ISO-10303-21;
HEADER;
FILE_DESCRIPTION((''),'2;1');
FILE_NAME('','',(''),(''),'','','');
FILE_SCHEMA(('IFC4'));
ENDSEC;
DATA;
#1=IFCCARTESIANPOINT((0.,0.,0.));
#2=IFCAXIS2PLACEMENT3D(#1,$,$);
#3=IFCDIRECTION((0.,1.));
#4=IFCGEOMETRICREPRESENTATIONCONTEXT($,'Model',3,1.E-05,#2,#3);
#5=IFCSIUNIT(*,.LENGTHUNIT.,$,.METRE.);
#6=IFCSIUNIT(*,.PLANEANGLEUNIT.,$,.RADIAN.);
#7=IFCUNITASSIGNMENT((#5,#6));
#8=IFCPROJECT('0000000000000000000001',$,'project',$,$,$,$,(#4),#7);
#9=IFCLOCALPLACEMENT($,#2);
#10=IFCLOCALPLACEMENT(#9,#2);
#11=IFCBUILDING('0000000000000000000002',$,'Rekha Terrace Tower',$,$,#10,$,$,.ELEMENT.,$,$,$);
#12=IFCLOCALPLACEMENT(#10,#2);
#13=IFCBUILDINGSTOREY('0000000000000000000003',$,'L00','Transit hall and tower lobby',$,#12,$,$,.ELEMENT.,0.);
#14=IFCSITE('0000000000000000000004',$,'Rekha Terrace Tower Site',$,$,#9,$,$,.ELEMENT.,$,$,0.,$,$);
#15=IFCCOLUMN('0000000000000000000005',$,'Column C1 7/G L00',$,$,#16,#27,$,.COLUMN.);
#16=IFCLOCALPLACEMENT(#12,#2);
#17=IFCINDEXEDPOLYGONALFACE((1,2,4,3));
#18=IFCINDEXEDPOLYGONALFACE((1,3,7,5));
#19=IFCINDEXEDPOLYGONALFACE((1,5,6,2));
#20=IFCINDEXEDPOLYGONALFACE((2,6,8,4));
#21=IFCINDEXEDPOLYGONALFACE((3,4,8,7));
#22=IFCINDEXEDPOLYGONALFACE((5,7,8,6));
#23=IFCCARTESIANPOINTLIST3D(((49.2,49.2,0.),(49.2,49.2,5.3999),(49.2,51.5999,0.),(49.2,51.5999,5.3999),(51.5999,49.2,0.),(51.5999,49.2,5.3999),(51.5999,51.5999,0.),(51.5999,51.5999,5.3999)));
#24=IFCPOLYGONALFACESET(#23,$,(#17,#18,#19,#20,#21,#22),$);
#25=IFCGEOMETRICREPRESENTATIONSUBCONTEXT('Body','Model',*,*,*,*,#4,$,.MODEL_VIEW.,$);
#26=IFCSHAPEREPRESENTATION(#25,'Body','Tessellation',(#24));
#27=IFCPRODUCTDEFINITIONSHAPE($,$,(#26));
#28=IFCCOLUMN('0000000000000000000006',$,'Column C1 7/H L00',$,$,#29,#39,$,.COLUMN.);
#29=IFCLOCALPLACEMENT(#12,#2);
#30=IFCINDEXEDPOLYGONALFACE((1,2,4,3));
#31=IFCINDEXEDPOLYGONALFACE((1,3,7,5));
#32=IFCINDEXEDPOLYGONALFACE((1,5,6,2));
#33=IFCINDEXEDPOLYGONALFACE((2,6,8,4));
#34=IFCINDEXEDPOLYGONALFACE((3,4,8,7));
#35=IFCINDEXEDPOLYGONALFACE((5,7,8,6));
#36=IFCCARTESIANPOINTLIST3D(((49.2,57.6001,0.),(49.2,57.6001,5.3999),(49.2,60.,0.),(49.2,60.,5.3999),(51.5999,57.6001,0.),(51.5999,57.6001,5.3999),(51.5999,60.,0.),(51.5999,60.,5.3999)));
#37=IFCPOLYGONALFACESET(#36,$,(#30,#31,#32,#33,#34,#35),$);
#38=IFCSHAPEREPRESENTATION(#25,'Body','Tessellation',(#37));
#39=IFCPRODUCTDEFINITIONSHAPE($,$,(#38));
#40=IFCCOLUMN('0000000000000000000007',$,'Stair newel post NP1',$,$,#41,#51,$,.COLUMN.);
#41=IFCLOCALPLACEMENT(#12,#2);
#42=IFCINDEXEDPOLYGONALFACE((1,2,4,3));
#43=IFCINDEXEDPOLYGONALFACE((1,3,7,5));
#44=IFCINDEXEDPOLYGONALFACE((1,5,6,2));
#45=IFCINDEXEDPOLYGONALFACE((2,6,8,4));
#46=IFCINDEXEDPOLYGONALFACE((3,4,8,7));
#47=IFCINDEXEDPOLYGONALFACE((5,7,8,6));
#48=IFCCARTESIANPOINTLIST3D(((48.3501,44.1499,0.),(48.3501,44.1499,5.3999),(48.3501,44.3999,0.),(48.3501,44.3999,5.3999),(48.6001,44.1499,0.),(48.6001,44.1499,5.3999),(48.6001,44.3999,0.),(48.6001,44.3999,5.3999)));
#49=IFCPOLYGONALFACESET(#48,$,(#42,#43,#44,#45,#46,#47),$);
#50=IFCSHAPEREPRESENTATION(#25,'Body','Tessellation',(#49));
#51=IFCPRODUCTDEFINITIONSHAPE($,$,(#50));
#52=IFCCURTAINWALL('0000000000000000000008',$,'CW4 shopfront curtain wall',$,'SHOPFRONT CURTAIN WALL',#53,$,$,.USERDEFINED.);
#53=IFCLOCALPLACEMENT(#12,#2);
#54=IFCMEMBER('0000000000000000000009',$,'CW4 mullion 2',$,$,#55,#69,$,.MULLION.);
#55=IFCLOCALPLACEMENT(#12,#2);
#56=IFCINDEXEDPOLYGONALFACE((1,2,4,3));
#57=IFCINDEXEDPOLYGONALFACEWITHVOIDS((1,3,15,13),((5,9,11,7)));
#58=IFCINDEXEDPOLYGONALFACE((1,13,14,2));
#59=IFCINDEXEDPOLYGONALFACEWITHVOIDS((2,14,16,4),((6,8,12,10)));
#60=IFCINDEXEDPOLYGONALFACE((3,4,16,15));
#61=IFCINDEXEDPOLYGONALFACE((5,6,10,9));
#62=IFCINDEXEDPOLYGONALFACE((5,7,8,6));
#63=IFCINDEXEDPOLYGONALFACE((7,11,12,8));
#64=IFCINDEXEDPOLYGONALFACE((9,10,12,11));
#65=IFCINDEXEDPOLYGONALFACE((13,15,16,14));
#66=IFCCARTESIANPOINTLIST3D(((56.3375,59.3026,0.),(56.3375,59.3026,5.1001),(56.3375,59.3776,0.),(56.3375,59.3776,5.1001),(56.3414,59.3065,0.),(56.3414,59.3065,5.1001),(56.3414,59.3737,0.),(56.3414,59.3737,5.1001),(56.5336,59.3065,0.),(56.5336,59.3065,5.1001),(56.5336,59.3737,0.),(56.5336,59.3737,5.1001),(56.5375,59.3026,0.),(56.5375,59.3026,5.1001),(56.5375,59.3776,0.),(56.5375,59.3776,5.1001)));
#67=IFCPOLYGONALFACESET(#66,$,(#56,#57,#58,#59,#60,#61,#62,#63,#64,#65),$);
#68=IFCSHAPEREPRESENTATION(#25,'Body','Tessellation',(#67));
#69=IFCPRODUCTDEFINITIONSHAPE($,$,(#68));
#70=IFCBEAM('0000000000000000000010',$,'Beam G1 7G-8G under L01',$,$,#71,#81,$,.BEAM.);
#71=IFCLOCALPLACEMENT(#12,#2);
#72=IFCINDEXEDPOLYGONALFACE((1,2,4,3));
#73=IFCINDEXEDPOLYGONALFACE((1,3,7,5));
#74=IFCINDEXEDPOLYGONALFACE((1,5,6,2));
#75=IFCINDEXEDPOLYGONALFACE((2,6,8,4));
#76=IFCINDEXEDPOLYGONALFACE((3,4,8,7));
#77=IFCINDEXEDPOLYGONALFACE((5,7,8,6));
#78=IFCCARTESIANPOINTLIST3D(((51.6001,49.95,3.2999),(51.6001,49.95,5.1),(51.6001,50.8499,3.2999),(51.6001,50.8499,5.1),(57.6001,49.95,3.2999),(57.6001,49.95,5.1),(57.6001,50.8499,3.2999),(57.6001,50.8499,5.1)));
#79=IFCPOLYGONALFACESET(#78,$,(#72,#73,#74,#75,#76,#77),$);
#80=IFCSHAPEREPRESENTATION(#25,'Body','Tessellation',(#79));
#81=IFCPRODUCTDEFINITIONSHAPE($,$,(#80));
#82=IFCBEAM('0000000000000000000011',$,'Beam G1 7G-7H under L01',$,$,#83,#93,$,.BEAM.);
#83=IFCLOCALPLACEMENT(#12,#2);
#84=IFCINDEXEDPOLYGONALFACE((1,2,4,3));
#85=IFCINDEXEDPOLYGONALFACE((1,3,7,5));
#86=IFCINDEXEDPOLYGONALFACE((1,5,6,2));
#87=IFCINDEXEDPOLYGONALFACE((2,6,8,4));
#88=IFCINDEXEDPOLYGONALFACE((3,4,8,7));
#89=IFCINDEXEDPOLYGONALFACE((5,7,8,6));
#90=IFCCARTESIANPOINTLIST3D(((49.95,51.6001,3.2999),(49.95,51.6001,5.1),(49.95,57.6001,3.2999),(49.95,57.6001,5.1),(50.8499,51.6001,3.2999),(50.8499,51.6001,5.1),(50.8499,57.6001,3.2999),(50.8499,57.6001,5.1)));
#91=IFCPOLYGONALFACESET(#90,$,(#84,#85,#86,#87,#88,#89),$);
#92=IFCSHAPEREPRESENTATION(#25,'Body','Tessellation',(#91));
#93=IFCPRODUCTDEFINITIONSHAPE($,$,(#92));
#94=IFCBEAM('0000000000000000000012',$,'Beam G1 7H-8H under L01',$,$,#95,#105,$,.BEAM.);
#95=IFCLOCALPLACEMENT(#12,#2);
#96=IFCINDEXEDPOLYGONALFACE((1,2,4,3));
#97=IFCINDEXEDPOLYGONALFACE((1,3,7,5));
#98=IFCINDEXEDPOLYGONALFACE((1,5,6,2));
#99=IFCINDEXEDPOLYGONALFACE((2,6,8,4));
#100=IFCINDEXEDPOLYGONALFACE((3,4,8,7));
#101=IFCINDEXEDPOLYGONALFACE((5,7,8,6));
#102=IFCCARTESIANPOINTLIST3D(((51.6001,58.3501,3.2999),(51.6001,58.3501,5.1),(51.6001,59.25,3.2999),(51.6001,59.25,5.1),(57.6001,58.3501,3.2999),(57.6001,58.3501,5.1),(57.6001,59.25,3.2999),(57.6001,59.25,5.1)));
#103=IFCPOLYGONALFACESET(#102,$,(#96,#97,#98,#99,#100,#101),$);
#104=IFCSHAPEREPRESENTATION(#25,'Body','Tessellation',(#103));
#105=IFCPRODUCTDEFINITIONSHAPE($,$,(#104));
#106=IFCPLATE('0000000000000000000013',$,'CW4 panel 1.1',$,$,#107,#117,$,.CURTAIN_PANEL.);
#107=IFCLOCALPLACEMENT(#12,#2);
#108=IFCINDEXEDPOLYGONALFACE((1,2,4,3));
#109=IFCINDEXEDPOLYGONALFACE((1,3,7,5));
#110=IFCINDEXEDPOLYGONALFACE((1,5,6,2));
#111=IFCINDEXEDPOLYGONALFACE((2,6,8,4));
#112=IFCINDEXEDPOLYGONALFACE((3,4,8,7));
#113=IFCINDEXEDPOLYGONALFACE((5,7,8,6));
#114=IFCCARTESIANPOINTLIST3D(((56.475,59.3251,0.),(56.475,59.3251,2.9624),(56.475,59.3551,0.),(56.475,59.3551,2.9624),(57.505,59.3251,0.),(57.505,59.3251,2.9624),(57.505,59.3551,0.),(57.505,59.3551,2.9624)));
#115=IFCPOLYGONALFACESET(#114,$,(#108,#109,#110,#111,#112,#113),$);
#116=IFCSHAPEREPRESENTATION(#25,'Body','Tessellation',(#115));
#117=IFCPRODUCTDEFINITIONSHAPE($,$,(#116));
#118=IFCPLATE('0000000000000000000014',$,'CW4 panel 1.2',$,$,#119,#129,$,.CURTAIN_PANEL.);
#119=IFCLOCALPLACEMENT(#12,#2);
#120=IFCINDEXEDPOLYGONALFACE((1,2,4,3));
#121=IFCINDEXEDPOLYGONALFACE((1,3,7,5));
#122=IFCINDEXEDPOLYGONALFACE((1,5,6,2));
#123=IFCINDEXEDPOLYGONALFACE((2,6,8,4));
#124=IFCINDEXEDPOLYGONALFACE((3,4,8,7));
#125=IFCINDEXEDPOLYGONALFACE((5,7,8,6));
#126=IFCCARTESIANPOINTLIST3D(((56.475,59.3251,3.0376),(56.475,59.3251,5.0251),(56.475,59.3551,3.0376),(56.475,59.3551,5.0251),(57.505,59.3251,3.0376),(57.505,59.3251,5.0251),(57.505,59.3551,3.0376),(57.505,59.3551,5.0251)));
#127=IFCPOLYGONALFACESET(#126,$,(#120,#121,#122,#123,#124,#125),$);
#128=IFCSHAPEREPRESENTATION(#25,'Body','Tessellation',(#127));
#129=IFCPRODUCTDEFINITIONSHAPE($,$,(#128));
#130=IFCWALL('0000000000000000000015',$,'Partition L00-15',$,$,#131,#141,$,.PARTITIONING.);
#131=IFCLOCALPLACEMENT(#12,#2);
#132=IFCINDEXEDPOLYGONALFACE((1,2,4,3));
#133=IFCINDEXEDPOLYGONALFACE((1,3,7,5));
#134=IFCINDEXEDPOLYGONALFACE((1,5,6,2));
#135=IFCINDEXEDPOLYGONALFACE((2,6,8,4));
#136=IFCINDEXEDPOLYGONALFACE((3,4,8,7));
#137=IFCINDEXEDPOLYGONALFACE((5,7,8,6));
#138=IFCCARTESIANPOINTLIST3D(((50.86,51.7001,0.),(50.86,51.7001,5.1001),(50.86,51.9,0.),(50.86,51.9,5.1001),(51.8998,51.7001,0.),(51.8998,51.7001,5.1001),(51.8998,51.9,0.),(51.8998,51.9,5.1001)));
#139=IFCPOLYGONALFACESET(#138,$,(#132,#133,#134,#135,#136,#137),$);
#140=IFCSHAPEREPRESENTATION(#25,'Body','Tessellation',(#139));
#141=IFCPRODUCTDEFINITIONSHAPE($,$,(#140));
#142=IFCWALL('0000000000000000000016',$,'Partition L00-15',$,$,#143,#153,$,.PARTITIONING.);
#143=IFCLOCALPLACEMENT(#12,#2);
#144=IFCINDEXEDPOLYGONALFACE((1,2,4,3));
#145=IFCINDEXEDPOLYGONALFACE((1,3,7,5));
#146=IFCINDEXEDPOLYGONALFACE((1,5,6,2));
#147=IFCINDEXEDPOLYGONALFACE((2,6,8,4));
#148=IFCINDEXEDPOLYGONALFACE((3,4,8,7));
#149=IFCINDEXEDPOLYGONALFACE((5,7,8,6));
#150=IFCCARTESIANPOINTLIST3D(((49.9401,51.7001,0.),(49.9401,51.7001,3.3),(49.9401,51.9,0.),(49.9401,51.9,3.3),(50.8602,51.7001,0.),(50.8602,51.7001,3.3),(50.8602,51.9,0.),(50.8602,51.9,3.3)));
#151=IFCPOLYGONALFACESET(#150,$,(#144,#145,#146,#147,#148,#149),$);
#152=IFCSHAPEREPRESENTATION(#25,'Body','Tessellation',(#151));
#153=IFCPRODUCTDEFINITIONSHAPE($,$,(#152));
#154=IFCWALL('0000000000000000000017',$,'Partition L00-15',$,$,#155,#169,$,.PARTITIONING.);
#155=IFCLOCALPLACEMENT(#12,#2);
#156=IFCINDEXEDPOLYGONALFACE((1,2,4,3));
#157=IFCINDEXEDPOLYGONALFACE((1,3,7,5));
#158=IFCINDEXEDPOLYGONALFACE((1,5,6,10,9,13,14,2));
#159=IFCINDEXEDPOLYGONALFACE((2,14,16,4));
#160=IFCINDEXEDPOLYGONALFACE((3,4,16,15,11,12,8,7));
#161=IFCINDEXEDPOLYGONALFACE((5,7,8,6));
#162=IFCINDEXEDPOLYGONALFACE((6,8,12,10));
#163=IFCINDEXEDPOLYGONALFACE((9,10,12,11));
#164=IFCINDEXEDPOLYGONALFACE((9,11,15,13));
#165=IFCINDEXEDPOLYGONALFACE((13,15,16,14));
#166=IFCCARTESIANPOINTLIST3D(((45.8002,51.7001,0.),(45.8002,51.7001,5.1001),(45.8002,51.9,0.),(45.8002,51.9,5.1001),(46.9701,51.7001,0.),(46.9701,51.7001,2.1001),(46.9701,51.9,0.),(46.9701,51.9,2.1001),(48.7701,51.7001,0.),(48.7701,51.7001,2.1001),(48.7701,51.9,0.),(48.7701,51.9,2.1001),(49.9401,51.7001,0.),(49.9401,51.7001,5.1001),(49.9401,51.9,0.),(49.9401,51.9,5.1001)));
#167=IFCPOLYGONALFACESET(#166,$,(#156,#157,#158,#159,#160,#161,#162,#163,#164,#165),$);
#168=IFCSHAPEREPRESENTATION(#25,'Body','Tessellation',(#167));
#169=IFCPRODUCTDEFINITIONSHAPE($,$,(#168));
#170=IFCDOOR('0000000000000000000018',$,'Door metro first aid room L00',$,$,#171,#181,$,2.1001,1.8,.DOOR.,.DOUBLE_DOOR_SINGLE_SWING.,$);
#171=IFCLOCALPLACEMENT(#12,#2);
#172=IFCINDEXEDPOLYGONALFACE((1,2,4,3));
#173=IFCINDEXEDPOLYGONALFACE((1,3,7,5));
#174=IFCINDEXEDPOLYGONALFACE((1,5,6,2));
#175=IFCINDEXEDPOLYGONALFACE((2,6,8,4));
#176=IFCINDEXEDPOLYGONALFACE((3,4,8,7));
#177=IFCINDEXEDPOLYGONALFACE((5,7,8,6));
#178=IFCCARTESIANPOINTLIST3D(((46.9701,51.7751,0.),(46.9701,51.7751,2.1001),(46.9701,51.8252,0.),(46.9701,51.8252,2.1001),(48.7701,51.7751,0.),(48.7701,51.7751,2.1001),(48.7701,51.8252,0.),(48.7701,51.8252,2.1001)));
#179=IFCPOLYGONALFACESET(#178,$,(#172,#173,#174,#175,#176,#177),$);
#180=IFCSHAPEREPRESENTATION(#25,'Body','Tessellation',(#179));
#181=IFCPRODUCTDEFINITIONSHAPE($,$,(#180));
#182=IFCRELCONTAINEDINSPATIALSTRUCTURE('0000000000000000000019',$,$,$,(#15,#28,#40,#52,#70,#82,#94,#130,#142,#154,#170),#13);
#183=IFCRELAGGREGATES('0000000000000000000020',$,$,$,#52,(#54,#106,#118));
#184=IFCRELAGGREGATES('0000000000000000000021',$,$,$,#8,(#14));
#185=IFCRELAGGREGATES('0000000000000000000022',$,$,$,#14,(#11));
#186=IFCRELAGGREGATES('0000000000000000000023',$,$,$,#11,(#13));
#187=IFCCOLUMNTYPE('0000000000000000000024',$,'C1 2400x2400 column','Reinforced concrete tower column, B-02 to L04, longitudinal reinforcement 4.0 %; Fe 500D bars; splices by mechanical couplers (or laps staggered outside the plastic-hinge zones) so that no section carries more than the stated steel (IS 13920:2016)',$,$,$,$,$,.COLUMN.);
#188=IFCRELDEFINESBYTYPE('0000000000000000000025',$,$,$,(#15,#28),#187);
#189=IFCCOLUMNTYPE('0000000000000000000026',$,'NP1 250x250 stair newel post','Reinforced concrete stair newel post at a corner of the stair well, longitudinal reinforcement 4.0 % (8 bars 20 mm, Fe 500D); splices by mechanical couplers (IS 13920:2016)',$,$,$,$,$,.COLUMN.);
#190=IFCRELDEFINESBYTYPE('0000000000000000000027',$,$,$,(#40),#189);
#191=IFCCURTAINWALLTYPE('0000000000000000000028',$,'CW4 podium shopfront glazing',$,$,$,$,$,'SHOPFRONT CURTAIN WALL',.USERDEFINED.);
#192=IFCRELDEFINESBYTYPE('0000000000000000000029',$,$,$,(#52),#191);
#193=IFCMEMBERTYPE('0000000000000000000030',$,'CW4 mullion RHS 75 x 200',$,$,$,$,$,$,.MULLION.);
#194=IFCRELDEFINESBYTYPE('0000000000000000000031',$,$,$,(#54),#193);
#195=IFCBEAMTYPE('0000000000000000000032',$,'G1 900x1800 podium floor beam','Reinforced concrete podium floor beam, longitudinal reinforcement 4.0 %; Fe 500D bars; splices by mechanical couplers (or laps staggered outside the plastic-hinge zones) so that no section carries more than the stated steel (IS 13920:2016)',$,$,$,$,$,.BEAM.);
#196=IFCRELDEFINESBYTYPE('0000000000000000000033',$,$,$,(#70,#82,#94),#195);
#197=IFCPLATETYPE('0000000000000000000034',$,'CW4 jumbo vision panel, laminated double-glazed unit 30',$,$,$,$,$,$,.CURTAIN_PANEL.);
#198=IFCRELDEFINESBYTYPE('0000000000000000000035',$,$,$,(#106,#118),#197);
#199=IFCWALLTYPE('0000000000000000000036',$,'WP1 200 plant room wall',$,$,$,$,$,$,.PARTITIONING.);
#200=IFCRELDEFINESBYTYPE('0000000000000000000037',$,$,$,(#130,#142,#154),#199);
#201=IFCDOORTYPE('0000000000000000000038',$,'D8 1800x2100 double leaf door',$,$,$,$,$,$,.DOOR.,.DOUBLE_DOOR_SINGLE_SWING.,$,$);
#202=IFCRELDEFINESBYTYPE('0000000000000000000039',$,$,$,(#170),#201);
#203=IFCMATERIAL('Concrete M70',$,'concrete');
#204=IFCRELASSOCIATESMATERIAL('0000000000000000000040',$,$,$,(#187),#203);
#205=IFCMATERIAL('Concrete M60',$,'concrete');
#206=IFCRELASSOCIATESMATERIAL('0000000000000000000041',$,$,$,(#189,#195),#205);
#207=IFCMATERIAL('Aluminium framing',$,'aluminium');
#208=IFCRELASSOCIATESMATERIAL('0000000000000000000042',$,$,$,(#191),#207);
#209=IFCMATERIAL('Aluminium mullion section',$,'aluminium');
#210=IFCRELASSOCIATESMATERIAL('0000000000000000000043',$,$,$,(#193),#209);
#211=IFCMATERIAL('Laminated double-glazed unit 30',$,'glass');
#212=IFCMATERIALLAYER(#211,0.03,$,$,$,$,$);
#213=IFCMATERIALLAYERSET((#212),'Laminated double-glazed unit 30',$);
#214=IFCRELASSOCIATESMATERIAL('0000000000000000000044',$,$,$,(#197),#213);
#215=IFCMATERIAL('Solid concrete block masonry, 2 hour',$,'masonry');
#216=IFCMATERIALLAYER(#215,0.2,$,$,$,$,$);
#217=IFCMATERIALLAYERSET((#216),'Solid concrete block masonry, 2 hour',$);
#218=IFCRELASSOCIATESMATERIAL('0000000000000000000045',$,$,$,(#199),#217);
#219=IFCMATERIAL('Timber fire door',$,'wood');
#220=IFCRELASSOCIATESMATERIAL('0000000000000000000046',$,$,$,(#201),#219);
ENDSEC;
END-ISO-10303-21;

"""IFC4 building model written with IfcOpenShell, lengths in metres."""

from ifc_helpers import new_model, si_unit, direction, frame, frame_2d, origin, origin_2d, place, context, subcontext, project, spatial, rectangle, hollow_rectangle, extrude, material, layer, layer_set, material_profile, profile_set, type_object, element, fill, aggregate, save


model = new_model("IFC4")

# Units and contexts
model_context = context("Model", 3, precision=1e-05, world=origin(), true_north=direction((0.0, 1.0)))
body_context = subcontext(model_context, "Body", "Model", "MODEL_VIEW")
ifc_project = project(units=[si_unit("LENGTHUNIT", "METRE"), si_unit("PLANEANGLEUNIT", "RADIAN")], contexts=[model_context])

# Site, building, storey
site_placement = place(None, origin())
site = spatial("IfcSite", under=ifc_project, at=site_placement, Name="Rekha Terrace Tower Site", CompositionType="ELEMENT", RefElevation=0.0)
building_placement = place(site_placement, origin())
building = spatial("IfcBuilding", under=site, at=building_placement, Name="Rekha Terrace Tower", CompositionType="ELEMENT")
storey_placement = place(building_placement, origin())
storey = spatial("IfcBuildingStorey", under=building, at=storey_placement, Name="L00", Description="Transit hall and tower lobby", CompositionType="ELEMENT", Elevation=0.0)

# Columns
ifc_material_1 = material(Name="Concrete M70", Category="concrete")
ifc_material_profile_1 = material_profile(ifc_material_1, rectangle(XDim=2.3999, YDim=2.3999, at=origin_2d()), Name="RC 2400x2400")
ifc_profile_set_1 = profile_set([ifc_material_profile_1], Name="Concrete M70")
column_type_1 = type_object("IfcColumnType", Name="C1 2400x2400 column", Description="Reinforced concrete tower column, B-02 to L04, longitudinal reinforcement 4.0 %; Fe 500D bars; splices by mechanical couplers (or laps staggered outside the plastic-hinge zones) so that no section carries more than the stated steel (IS 13920:2016)", PredefinedType="COLUMN", material=ifc_profile_set_1)
for number, where, z_axis, x_axis, name in (
    (1, (50.3999, 50.3999, 0.0), (0.0, 0.0, 1.0), (1.0, 0.0, 0.0), "Column C1 7/G L00"),
    (2, (50.3999, 58.8, 0.0), (0.0, 0.0, 1.0), (1.0, 0.0, 0.0), "Column C1 7/H L00"),
):
    element("IfcColumn", number, at=place(storey_placement, frame(where, z_axis=z_axis, x_axis=x_axis)), inside=storey, type_object=column_type_1, Name=name, PredefinedType="COLUMN", context=body_context, shape_type="SweptSolid", body=[
        extrude(rectangle(XDim=2.3999, YDim=2.3999, at=origin_2d()), origin(), (0.0, 0.0, 1.0), 5.3999),
    ])
ifc_material_2 = material(Name="Concrete M60", Category="concrete")
ifc_material_profile_2 = material_profile(ifc_material_2, rectangle(XDim=0.25, YDim=0.25, at=origin_2d()), Name="RC 250x250")
ifc_profile_set_2 = profile_set([ifc_material_profile_2], Name="Concrete M60")
column_type_2 = type_object("IfcColumnType", Name="NP1 250x250 stair newel post", Description="Reinforced concrete stair newel post at a corner of the stair well, longitudinal reinforcement 4.0 % (8 bars 20 mm, Fe 500D); splices by mechanical couplers (IS 13920:2016)", PredefinedType="COLUMN", material=ifc_profile_set_2)
column_placement = place(storey_placement, frame((48.4751, 44.2749, 0.0), z_axis=(0.0, 0.0, 1.0), x_axis=(1.0, 0.0, 0.0)))
element("IfcColumn", 3, at=column_placement, inside=storey, type_object=column_type_2, Name="Stair newel post NP1", PredefinedType="COLUMN", context=body_context, shape_type="SweptSolid", body=[
    extrude(rectangle(XDim=0.25, YDim=0.25, at=origin_2d()), origin(), (0.0, 0.0, 1.0), 5.3999),
])

# Curtain wall, member
ifc_material_3 = material(Name="Aluminium framing", Category="aluminium")
curtain_wall_type = type_object("IfcCurtainWallType", Name="CW4 podium shopfront glazing", ElementType="SHOPFRONT CURTAIN WALL", PredefinedType="USERDEFINED", material=ifc_material_3)
curtain_wall_placement = place(storey_placement, origin())
curtain_wall = element("IfcCurtainWall", 4, at=curtain_wall_placement, inside=storey, type_object=curtain_wall_type, Name="CW4 shopfront curtain wall", ObjectType="SHOPFRONT CURTAIN WALL", PredefinedType="USERDEFINED")
ifc_material_4 = material(Name="Aluminium mullion section", Category="aluminium")
ifc_material_profile_3 = material_profile(ifc_material_4, hollow_rectangle(XDim=0.075, YDim=0.2, WallThickness=0.0039, at=origin_2d()), Name="AL RHS 75x200")
ifc_profile_set_3 = profile_set([ifc_material_profile_3], Name="Aluminium mullion section")
member_type = type_object("IfcMemberType", Name="CW4 mullion RHS 75 x 200", PredefinedType="MULLION", material=ifc_profile_set_3)
member_placement = place(storey_placement, frame((56.4375, 59.3401, 0.0), z_axis=(0.0, 0.0, 1.0), x_axis=(0.0, -1.0, 0.0)))
member = element("IfcMember", 5, at=member_placement, type_object=member_type, Name="CW4 mullion 2", PredefinedType="MULLION", context=body_context, shape_type="SweptSolid", body=[
    extrude(hollow_rectangle(XDim=0.075, YDim=0.2, WallThickness=0.0039, at=origin_2d()), origin(), (0.0, 0.0, 1.0), 5.1001),
])

# Beams
ifc_material_profile_4 = material_profile(ifc_material_2, rectangle(XDim=0.8999, YDim=1.8, at=origin_2d()), Name="RC 900x1800")
ifc_profile_set_4 = profile_set([ifc_material_profile_4], Name="Concrete M60")
beam_type = type_object("IfcBeamType", Name="G1 900x1800 podium floor beam", Description="Reinforced concrete podium floor beam, longitudinal reinforcement 4.0 %; Fe 500D bars; splices by mechanical couplers (or laps staggered outside the plastic-hinge zones) so that no section carries more than the stated steel (IS 13920:2016)", PredefinedType="BEAM", material=ifc_profile_set_4)
for number, where, z_axis, x_axis, name in (
    (6, (51.6001, 50.3999, 4.2), (1.0, 0.0, 0.0), (0.0, 1.0, 0.0), "Beam G1 7G-8G under L01"),
    (7, (50.3999, 51.6001, 4.2), (0.0, 1.0, 0.0), (-1.0, 0.0, 0.0), "Beam G1 7G-7H under L01"),
    (8, (51.6001, 58.8, 4.2), (1.0, 0.0, 0.0), (0.0, 1.0, 0.0), "Beam G1 7H-8H under L01"),
):
    element("IfcBeam", number, at=place(storey_placement, frame(where, z_axis=z_axis, x_axis=x_axis)), inside=storey, type_object=beam_type, Name=name, PredefinedType="BEAM", context=body_context, shape_type="SweptSolid", body=[
        extrude(rectangle(XDim=0.8999, YDim=1.8, at=origin_2d()), origin(), (0.0, 0.0, 1.0), 6.0),
    ])

# Plates
ifc_material_5 = material(Name="Laminated double-glazed unit 30", Category="glass")
ifc_layer_1 = layer(ifc_material_5, 0.03)
ifc_layer_set_1 = layer_set([ifc_layer_1], Name="Laminated double-glazed unit 30")
plate_type = type_object("IfcPlateType", Name="CW4 jumbo vision panel, laminated double-glazed unit 30", PredefinedType="CURTAIN_PANEL", material=ifc_layer_set_1)
plate_1_placement = place(storey_placement, frame((56.99, 59.3401, 0.0), z_axis=(0.0, 0.0, 1.0), x_axis=(-1.0, 0.0, 0.0)))
plate_1 = element("IfcPlate", 9, at=plate_1_placement, type_object=plate_type, Name="CW4 panel 1.1", PredefinedType="CURTAIN_PANEL", context=body_context, shape_type="SweptSolid", body=[
    extrude(rectangle(XDim=1.03, YDim=0.03, at=origin_2d()), origin(), (0.0, 0.0, 1.0), 2.9624),
])
plate_2_placement = place(storey_placement, frame((56.99, 59.3401, 3.0376), z_axis=(0.0, 0.0, 1.0), x_axis=(-1.0, 0.0, 0.0)))
plate_2 = element("IfcPlate", 10, at=plate_2_placement, type_object=plate_type, Name="CW4 panel 1.2", PredefinedType="CURTAIN_PANEL", context=body_context, shape_type="SweptSolid", body=[
    extrude(rectangle(XDim=1.03, YDim=0.03, at=origin_2d()), origin(), (0.0, 0.0, 1.0), 1.9875),
])
aggregate(curtain_wall, [member, plate_1, plate_2])

# Walls
ifc_material_6 = material(Name="Solid concrete block masonry, 2 hour", Category="masonry")
ifc_layer_2 = layer(ifc_material_6, 0.2)
ifc_layer_set_2 = layer_set([ifc_layer_2], Name="Solid concrete block masonry, 2 hour")
wall_type_1 = type_object("IfcWallType", Name="WP1 200 plant room wall", PredefinedType="PARTITIONING", material=ifc_layer_set_2)
wall_1_placement = place(storey_placement, frame((51.8999, 51.8, 0.0), z_axis=(0.0, 0.0, 1.0), x_axis=(-1.0, 0.0, 0.0)))
element("IfcWall", 11, at=wall_1_placement, inside=storey, type_object=wall_type_1, Name="Partition L00-15", PredefinedType="PARTITIONING", context=body_context, shape_type="SweptSolid", body=[
    extrude(rectangle(XDim=1.0398, YDim=0.2, at=frame_2d((0.52, 0.0))), origin(), (0.0, 0.0, 1.0), 5.1001),
])
wall_2_placement = place(storey_placement, frame((50.8601, 51.8, 0.0), z_axis=(0.0, 0.0, 1.0), x_axis=(-1.0, 0.0, 0.0)))
element("IfcWall", 12, at=wall_2_placement, inside=storey, type_object=wall_type_1, Name="Partition L00-15", PredefinedType="PARTITIONING", context=body_context, shape_type="SweptSolid", body=[
    extrude(rectangle(XDim=0.9202, YDim=0.2, at=frame_2d((0.46, 0.0))), origin(), (0.0, 0.0, 1.0), 3.3),
])

# Wall, opening, door
wall_3_placement = place(storey_placement, frame((49.9399, 51.8, 0.0), z_axis=(0.0, 0.0, 1.0), x_axis=(-1.0, 0.0, 0.0)))
wall_3 = element("IfcWall", 13, at=wall_3_placement, inside=storey, type_object=wall_type_1, Name="Partition L00-15", PredefinedType="PARTITIONING", context=body_context, shape_type="SweptSolid", body=[
    extrude(rectangle(XDim=4.1399, YDim=0.2, at=frame_2d((2.0698, 0.0))), origin(), (0.0, 0.0, 1.0), 5.1001),
])
opening_1_placement = place(wall_3_placement, frame((1.1699, 0.0, 0.0)))
opening_1 = element("IfcOpeningElement", 14, at=opening_1_placement, cuts=wall_3, PredefinedType="OPENING", context=body_context, shape_type="SweptSolid", body=[
    extrude(rectangle(XDim=1.8, YDim=2.1001, at=frame_2d((0.8999, 1.05))), frame((0.0, 0.1099, 0.0), z_axis=(0.0, -1.0, 0.0), x_axis=(1.0, 0.0, 0.0)), (0.0, 0.0, 1.0), 0.22),
])
ifc_material_7 = material(Name="Timber fire door", Category="wood")
door_type_1 = type_object("IfcDoorType", Name="D8 1800x2100 double leaf door", OperationType="DOUBLE_DOOR_SINGLE_SWING", PredefinedType="DOOR", material=ifc_material_7)
door_1_placement = place(opening_1_placement, origin())
door_1 = element("IfcDoor", 15, at=door_1_placement, inside=storey, type_object=door_type_1, Name="Door metro first aid room L00", OperationType="DOUBLE_DOOR_SINGLE_SWING", OverallHeight=2.1001, OverallWidth=1.8, PredefinedType="DOOR", context=body_context, shape_type="SweptSolid", body=[
    extrude(rectangle(XDim=1.8, YDim=2.1001, at=frame_2d((0.8999, 1.05))), frame((0.0, 0.0249, 0.0), z_axis=(0.0, -1.0, 0.0), x_axis=(1.0, 0.0, 0.0)), (0.0, 0.0, 1.0), 0.05),
])
fill(opening_1, door_1)

save(model, "model.ifc")
